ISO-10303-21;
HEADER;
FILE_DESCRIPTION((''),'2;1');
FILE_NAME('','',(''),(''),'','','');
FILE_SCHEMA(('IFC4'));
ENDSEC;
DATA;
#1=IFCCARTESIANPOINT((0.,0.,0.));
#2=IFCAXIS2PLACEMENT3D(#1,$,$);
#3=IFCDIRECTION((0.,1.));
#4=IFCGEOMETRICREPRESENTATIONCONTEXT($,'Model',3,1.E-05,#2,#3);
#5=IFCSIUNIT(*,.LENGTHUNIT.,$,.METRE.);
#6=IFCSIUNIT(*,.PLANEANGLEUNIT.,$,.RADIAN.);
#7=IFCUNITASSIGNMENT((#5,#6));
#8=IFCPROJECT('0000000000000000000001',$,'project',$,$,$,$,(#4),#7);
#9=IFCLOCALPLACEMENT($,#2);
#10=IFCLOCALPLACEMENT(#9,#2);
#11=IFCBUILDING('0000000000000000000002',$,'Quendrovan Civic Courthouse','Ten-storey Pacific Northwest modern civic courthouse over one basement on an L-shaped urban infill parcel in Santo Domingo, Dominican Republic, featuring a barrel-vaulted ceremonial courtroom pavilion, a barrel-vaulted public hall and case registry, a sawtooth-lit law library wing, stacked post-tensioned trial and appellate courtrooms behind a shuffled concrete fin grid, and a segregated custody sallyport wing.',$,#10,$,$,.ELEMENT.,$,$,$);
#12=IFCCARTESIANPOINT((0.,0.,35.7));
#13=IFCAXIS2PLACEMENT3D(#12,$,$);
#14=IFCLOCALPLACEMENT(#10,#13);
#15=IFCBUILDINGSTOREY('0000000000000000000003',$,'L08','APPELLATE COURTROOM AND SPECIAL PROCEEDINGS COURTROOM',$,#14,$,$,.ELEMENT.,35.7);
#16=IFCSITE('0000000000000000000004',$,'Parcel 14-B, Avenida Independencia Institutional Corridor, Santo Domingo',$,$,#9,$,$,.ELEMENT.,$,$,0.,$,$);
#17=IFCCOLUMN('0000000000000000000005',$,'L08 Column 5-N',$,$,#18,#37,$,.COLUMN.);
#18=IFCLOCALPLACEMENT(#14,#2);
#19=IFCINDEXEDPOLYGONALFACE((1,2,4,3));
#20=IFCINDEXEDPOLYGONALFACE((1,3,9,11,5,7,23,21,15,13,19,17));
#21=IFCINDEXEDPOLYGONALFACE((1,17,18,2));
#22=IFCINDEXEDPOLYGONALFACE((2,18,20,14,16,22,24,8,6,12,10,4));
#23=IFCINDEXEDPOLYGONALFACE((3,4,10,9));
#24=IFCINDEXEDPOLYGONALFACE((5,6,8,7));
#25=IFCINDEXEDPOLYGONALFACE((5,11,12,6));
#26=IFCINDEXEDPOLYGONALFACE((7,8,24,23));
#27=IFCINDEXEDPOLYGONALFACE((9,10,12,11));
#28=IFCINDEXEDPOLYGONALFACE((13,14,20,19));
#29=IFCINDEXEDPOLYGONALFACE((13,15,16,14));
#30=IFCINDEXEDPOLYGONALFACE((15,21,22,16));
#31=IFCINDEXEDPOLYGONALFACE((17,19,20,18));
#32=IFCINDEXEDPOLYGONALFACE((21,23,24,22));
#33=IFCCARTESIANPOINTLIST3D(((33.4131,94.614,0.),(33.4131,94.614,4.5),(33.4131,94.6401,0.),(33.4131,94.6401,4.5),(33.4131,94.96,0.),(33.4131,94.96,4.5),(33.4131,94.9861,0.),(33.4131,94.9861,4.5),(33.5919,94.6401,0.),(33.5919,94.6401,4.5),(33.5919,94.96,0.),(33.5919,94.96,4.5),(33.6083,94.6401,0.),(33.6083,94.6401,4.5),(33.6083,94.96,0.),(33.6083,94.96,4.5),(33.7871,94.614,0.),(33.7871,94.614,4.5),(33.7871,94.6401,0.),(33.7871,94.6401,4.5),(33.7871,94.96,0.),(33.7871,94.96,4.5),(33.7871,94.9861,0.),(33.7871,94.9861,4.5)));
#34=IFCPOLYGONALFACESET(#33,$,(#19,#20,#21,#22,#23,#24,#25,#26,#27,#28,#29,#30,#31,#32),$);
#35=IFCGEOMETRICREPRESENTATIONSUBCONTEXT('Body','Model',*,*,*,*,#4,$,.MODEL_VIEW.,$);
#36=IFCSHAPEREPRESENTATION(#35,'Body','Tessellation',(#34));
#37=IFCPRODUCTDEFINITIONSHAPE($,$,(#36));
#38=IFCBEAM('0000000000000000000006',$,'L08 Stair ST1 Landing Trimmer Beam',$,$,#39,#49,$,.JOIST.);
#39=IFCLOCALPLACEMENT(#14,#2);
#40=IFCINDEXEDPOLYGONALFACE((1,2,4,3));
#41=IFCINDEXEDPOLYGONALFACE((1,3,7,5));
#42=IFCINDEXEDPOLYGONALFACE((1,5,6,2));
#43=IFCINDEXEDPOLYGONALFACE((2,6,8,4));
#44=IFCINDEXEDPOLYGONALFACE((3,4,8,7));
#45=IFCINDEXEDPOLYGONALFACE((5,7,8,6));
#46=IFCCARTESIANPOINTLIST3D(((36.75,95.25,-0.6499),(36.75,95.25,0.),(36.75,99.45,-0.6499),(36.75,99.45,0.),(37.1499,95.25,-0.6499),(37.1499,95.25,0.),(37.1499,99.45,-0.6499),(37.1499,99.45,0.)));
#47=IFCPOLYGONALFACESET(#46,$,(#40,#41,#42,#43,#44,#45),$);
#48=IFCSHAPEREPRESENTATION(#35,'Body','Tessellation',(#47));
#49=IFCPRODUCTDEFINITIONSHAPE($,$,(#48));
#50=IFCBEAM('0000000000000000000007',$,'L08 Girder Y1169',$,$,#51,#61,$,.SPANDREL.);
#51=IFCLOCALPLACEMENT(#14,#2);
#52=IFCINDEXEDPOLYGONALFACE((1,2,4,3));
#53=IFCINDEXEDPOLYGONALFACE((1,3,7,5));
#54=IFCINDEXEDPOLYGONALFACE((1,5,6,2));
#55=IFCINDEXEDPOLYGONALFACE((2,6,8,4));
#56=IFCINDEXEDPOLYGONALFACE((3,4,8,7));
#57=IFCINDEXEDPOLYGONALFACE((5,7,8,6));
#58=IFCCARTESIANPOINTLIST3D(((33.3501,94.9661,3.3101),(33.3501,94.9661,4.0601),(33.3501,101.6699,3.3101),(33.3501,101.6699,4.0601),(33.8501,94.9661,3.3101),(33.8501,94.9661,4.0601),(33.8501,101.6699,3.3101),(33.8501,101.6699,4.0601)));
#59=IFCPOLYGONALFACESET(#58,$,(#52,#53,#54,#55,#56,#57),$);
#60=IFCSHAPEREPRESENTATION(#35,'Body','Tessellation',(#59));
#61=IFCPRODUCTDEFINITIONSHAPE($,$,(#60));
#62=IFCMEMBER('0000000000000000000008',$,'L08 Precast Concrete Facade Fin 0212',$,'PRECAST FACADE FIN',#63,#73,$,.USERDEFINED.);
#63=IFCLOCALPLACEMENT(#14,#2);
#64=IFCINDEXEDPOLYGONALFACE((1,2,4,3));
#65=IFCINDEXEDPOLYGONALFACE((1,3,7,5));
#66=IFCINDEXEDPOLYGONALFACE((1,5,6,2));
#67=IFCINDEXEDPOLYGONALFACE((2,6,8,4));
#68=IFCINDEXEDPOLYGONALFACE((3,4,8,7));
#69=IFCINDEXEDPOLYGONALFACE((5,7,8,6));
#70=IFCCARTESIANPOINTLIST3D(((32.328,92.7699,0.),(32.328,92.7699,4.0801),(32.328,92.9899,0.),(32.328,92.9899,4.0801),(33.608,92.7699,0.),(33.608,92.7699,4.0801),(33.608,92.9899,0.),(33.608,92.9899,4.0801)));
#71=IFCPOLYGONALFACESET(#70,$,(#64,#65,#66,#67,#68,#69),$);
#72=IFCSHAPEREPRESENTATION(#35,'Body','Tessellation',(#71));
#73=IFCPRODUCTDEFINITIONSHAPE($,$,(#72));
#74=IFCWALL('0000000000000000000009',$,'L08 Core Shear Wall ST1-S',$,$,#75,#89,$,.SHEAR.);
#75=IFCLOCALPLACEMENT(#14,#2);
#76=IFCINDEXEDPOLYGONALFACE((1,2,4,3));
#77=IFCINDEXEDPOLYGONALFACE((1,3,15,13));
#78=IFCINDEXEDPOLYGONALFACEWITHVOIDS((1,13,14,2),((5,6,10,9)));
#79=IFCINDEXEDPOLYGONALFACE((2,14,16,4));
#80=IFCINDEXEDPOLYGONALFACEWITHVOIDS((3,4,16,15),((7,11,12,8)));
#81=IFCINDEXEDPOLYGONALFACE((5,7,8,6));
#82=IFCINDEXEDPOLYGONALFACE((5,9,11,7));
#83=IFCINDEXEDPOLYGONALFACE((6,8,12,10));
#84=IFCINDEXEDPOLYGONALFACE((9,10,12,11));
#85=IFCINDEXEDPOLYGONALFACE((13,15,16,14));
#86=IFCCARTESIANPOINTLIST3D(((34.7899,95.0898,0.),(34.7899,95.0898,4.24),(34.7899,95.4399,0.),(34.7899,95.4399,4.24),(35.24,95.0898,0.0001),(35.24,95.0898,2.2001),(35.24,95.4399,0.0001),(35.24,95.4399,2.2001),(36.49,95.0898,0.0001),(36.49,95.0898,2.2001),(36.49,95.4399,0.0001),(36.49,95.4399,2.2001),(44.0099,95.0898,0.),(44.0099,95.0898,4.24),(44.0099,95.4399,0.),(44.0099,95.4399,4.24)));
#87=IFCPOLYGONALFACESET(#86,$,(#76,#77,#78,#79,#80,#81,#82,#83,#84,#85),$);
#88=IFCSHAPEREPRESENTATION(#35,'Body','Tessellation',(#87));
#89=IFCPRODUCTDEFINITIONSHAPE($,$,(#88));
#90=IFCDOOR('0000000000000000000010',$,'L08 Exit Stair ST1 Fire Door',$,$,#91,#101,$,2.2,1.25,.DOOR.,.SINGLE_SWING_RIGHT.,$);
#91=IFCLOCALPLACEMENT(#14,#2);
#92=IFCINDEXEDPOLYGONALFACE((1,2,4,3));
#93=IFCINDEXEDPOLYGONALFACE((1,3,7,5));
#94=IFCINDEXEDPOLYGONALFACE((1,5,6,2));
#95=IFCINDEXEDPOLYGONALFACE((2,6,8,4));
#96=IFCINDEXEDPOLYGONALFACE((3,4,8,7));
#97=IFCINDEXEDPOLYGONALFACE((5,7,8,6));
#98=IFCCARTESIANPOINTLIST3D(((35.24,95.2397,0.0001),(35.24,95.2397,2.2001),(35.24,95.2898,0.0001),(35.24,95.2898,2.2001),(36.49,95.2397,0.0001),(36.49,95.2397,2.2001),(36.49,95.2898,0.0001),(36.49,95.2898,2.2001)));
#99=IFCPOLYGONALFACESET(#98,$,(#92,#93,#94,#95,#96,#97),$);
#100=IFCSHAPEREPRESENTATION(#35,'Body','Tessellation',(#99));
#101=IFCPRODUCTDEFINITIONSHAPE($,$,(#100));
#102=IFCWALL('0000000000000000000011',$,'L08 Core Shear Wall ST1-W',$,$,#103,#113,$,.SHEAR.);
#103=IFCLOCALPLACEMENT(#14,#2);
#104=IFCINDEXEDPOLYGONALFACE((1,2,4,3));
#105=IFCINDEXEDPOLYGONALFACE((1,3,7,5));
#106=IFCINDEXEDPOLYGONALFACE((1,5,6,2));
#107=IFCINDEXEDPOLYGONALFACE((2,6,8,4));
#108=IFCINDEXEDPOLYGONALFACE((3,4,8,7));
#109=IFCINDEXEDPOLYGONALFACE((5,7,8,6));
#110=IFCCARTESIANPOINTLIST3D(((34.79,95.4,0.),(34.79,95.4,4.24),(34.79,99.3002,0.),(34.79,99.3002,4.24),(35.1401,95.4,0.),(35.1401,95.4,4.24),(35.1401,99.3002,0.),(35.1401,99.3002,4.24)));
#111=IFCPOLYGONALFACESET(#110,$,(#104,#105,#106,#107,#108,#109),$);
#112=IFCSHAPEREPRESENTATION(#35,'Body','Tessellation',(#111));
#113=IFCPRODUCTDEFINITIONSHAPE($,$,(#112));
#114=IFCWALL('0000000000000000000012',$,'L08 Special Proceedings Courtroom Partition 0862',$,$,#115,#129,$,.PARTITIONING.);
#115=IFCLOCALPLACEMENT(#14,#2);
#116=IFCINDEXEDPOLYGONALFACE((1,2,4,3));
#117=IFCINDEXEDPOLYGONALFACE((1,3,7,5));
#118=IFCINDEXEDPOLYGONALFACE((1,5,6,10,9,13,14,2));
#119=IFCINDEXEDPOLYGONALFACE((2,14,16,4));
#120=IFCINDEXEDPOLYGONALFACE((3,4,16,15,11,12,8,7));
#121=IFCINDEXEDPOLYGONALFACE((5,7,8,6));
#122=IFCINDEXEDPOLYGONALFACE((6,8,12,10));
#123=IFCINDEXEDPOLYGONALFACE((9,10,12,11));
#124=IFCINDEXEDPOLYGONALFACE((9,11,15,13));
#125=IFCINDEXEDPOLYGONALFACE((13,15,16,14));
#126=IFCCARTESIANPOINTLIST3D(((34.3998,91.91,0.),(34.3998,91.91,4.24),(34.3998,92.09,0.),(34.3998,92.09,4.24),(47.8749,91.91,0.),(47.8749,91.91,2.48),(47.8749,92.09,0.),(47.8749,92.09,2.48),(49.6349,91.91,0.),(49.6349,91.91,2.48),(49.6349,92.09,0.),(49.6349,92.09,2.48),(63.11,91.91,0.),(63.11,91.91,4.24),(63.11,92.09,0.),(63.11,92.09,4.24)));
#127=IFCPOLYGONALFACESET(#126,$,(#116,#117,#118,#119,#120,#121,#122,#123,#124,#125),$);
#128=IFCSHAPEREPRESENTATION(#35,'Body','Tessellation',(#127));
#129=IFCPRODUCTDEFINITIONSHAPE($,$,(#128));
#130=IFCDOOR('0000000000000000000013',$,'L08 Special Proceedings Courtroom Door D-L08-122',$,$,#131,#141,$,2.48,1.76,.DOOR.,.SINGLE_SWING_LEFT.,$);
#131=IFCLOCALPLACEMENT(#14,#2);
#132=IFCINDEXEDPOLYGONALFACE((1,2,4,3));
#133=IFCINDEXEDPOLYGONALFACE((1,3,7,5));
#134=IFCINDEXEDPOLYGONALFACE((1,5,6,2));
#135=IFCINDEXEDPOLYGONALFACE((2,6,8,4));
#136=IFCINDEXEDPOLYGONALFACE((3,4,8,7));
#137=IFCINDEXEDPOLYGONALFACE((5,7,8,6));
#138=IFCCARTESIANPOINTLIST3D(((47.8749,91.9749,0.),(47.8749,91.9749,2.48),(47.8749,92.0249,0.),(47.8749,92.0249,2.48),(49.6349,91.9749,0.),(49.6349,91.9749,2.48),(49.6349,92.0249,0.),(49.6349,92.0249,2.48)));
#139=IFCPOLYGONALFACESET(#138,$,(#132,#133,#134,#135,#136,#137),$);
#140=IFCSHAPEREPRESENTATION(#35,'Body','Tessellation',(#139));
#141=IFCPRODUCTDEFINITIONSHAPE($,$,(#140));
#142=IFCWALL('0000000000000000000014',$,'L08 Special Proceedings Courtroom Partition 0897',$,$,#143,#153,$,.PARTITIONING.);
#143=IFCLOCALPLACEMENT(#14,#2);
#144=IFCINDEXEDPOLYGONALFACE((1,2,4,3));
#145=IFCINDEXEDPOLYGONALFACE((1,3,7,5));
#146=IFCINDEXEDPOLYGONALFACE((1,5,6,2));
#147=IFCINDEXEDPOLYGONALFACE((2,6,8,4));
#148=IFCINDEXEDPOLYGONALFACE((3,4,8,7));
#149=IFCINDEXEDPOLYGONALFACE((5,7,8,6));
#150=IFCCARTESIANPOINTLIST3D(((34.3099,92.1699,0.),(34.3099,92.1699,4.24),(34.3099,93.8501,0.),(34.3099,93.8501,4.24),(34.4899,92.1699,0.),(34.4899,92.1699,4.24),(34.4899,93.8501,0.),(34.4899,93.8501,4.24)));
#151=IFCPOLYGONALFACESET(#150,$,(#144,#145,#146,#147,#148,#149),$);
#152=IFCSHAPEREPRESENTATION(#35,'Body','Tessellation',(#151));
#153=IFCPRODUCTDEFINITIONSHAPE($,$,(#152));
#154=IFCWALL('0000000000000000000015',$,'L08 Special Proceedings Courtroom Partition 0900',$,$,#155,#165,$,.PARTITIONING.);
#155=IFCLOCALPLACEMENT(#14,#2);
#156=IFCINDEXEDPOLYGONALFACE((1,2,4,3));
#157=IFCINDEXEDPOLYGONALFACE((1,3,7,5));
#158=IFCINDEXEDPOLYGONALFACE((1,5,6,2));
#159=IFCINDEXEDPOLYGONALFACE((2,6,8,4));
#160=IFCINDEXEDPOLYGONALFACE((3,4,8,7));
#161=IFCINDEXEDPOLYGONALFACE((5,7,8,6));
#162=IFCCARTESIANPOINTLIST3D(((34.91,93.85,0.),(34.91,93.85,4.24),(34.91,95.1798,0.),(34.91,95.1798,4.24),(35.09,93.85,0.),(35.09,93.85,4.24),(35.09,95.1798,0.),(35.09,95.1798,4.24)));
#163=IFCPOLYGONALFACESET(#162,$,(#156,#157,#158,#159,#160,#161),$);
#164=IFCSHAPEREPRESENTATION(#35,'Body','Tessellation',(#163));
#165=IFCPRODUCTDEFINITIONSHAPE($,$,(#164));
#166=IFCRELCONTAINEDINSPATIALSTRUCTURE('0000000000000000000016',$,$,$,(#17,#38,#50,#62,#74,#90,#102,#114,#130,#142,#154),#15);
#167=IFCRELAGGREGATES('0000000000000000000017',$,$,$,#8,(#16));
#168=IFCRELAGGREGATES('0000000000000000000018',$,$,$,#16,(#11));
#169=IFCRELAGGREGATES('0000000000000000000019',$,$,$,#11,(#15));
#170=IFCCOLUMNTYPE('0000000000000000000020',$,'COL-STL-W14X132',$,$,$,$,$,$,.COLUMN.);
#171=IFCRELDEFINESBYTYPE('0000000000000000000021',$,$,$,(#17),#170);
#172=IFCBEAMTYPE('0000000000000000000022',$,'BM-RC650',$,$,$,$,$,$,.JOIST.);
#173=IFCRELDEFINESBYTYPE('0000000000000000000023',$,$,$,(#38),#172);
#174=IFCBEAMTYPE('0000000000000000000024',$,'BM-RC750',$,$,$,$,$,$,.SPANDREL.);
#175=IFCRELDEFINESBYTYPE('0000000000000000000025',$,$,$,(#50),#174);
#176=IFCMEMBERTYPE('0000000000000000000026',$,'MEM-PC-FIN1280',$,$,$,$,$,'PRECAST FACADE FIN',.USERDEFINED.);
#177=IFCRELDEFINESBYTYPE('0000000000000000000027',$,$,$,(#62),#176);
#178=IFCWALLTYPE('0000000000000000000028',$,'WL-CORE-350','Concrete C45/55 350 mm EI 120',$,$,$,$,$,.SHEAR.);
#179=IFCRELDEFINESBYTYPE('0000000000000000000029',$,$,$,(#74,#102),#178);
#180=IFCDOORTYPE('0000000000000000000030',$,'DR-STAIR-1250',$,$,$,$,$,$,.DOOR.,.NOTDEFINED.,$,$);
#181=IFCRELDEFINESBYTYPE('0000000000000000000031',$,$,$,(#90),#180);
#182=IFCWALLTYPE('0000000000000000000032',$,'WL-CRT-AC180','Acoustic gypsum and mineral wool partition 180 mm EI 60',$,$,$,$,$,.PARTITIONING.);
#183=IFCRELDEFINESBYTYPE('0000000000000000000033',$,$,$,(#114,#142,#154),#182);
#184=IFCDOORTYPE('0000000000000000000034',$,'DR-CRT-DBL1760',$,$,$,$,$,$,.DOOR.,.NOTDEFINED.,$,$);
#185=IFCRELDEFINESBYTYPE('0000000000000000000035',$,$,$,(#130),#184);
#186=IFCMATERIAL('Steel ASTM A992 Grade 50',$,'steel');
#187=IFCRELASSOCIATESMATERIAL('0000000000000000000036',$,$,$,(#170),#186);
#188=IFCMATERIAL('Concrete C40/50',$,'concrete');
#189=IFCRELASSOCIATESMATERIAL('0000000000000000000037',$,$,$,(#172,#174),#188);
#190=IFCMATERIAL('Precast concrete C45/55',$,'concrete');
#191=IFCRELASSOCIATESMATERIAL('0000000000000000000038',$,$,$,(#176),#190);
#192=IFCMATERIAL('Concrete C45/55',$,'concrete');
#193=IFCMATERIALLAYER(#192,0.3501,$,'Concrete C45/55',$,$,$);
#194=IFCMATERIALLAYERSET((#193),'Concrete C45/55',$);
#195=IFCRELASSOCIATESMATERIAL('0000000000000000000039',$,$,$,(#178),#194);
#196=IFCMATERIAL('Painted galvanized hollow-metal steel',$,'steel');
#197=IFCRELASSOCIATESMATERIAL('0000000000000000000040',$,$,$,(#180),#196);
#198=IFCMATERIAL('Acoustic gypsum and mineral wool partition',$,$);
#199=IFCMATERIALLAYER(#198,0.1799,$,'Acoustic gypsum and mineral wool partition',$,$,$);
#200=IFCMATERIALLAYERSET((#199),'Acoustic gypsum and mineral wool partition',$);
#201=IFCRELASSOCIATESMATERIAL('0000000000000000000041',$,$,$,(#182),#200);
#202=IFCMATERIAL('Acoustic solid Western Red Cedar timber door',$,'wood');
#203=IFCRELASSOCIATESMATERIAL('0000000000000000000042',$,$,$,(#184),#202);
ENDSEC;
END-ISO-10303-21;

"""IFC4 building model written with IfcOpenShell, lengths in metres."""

from ifc_helpers import new_model, si_unit, direction, frame, frame_2d, origin, origin_2d, place, context, subcontext, project, spatial, rectangle, i_section, extrude, material, layer, layer_set, material_profile, profile_set, type_object, element, fill, save


model = new_model("IFC4")

# Units and contexts
model_context = context("Model", 3, precision=1e-05, world=origin(), true_north=direction((0.0, 1.0)))
body_context = subcontext(model_context, "Body", "Model", "MODEL_VIEW")
ifc_project = project(units=[si_unit("LENGTHUNIT", "METRE"), si_unit("PLANEANGLEUNIT", "RADIAN")], contexts=[model_context])

# Site, building, storey
site_placement = place(None, origin())
site = spatial("IfcSite", under=ifc_project, at=site_placement, Name="Parcel 14-B, Avenida Independencia Institutional Corridor, Santo Domingo", CompositionType="ELEMENT", RefElevation=0.0)
building_placement = place(site_placement, origin())
building = spatial("IfcBuilding", under=site, at=building_placement, Name="Quendrovan Civic Courthouse", Description="Ten-storey Pacific Northwest modern civic courthouse over one basement on an L-shaped urban infill parcel in Santo Domingo, Dominican Republic, featuring a barrel-vaulted ceremonial courtroom pavilion, a barrel-vaulted public hall and case registry, a sawtooth-lit law library wing, stacked post-tensioned trial and appellate courtrooms behind a shuffled concrete fin grid, and a segregated custody sallyport wing.", CompositionType="ELEMENT")
storey_placement = place(building_placement, frame((0.0, 0.0, 35.7)))
storey = spatial("IfcBuildingStorey", under=building, at=storey_placement, Name="L08", Description="APPELLATE COURTROOM AND SPECIAL PROCEEDINGS COURTROOM", CompositionType="ELEMENT", Elevation=35.7)

# Column
ifc_material_1 = material(Name="Steel ASTM A992 Grade 50", Category="steel")
ifc_material_profile_1 = material_profile(ifc_material_1, i_section(OverallWidth=0.374, OverallDepth=0.3721, WebThickness=0.0164, FlangeThickness=0.0261, at=origin_2d()), Name="W14X132")
ifc_profile_set_1 = profile_set([ifc_material_profile_1], Name="Steel ASTM A992 Grade 50")
column_type = type_object("IfcColumnType", Name="COL-STL-W14X132", PredefinedType="COLUMN", material=ifc_profile_set_1)
column_placement = place(storey_placement, frame((33.6001, 94.8, 0.0), z_axis=(0.0, 0.0, 1.0), x_axis=(1.0, 0.0, 0.0)))
element("IfcColumn", 1, at=column_placement, inside=storey, type_object=column_type, Name="L08 Column 5-N", PredefinedType="COLUMN", context=body_context, shape_type="SweptSolid", body=[
    extrude(i_section(OverallWidth=0.374, OverallDepth=0.3721, WebThickness=0.0164, FlangeThickness=0.0261, at=origin_2d()), origin(), (0.0, 0.0, 1.0), 4.5),
])

# Beams
ifc_material_2 = material(Name="Concrete C40/50", Category="concrete")
ifc_material_profile_2 = material_profile(ifc_material_2, rectangle(XDim=0.3999, YDim=0.6499, at=origin_2d()), Name="RC-BM-400x650")
ifc_profile_set_2 = profile_set([ifc_material_profile_2], Name="Concrete C40/50")
beam_type_1 = type_object("IfcBeamType", Name="BM-RC650", PredefinedType="JOIST", material=ifc_profile_set_2)
beam_1_placement = place(storey_placement, frame((36.95, 95.25, -0.325), z_axis=(0.0, 1.0, 0.0), x_axis=(-1.0, 0.0, 0.0)))
element("IfcBeam", 2, at=beam_1_placement, inside=storey, type_object=beam_type_1, Name="L08 Stair ST1 Landing Trimmer Beam", PredefinedType="JOIST", context=body_context, shape_type="SweptSolid", body=[
    extrude(rectangle(XDim=0.3999, YDim=0.6499, at=origin_2d()), origin(), (0.0, 0.0, 1.0), 4.2),
])
ifc_material_profile_3 = material_profile(ifc_material_2, rectangle(XDim=0.5, YDim=0.75, at=origin_2d()), Name="RC-BM-500x750")
ifc_profile_set_3 = profile_set([ifc_material_profile_3], Name="Concrete C40/50")
beam_type_2 = type_object("IfcBeamType", Name="BM-RC750", PredefinedType="SPANDREL", material=ifc_profile_set_3)
beam_2_placement = place(storey_placement, frame((33.6001, 94.9661, 3.6851), z_axis=(0.0, 1.0, 0.0), x_axis=(-1.0, 0.0, 0.0)))
element("IfcBeam", 3, at=beam_2_placement, inside=storey, type_object=beam_type_2, Name="L08 Girder Y1169", PredefinedType="SPANDREL", context=body_context, shape_type="SweptSolid", body=[
    extrude(rectangle(XDim=0.5, YDim=0.75, at=origin_2d()), origin(), (0.0, 0.0, 1.0), 6.7039),
])

# Member
ifc_material_3 = material(Name="Precast concrete C45/55", Category="concrete")
ifc_material_profile_4 = material_profile(ifc_material_3, rectangle(XDim=0.22, YDim=1.28, at=origin_2d()), Name="PC-FIN-220x1280")
ifc_profile_set_4 = profile_set([ifc_material_profile_4], Name="Precast concrete C45/55")
member_type = type_object("IfcMemberType", Name="MEM-PC-FIN1280", ElementType="PRECAST FACADE FIN", PredefinedType="USERDEFINED", material=ifc_profile_set_4)
member_placement = place(storey_placement, frame((32.968, 92.8799, 0.0), z_axis=(0.0, 0.0, 1.0), x_axis=(0.0, 1.0, 0.0)))
element("IfcMember", 4, at=member_placement, inside=storey, type_object=member_type, Name="L08 Precast Concrete Facade Fin 0212", ObjectType="PRECAST FACADE FIN", PredefinedType="USERDEFINED", context=body_context, shape_type="SweptSolid", body=[
    extrude(rectangle(XDim=0.22, YDim=1.28, at=origin_2d()), origin(), (0.0, 0.0, 1.0), 4.0801),
])

# Wall, opening, door
ifc_material_4 = material(Name="Concrete C45/55", Category="concrete")
ifc_layer_1 = layer(ifc_material_4, 0.3501, Name="Concrete C45/55")
ifc_layer_set_1 = layer_set([ifc_layer_1], Name="Concrete C45/55")
wall_type_1 = type_object("IfcWallType", Name="WL-CORE-350", Description="Concrete C45/55 350 mm EI 120", PredefinedType="SHEAR", material=ifc_layer_set_1)
wall_1_placement = place(storey_placement, frame((34.79, 95.2649, 0.0), z_axis=(0.0, 0.0, 1.0), x_axis=(1.0, 0.0, 0.0)))
wall_1 = element("IfcWall", 5, at=wall_1_placement, inside=storey, type_object=wall_type_1, Name="L08 Core Shear Wall ST1-S", PredefinedType="SHEAR", context=body_context, shape_type="SweptSolid", body=[
    extrude(rectangle(XDim=9.22, YDim=0.3501, at=frame_2d((4.6099, 0.0))), origin(), (0.0, 0.0, 1.0), 4.24),
])
opening_1_placement = place(wall_1_placement, frame((0.45, 0.0, 0.0)))
opening_1 = element("IfcOpeningElement", 6, at=opening_1_placement, cuts=wall_1, PredefinedType="OPENING", context=body_context, shape_type="SweptSolid", body=[
    extrude(rectangle(XDim=1.25, YDim=2.2, at=frame_2d((0.625, 1.1001))), frame((0.0, 0.1851, 0.0), z_axis=(0.0, -1.0, 0.0), x_axis=(1.0, 0.0, 0.0)), (0.0, 0.0, 1.0), 0.3701),
])
ifc_material_5 = material(Name="Painted galvanized hollow-metal steel", Category="steel")
door_type_1 = type_object("IfcDoorType", Name="DR-STAIR-1250", OperationType="NOTDEFINED", PredefinedType="DOOR", material=ifc_material_5)
door_1_placement = place(opening_1_placement, origin())
door_1 = element("IfcDoor", 7, at=door_1_placement, inside=storey, type_object=door_type_1, Name="L08 Exit Stair ST1 Fire Door", OperationType="SINGLE_SWING_RIGHT", OverallHeight=2.2, OverallWidth=1.25, PredefinedType="DOOR", context=body_context, shape_type="SweptSolid", body=[
    extrude(rectangle(XDim=1.25, YDim=2.2, at=frame_2d((0.625, 1.1001))), frame((0.0, 0.0249, 0.0), z_axis=(0.0, -1.0, 0.0), x_axis=(1.0, 0.0, 0.0)), (0.0, 0.0, 1.0), 0.05),
])
fill(opening_1, door_1)

# Wall
wall_2_placement = place(storey_placement, frame((34.9651, 95.3999, 0.0), z_axis=(0.0, 0.0, 1.0), x_axis=(0.0, 1.0, 0.0)))
element("IfcWall", 8, at=wall_2_placement, inside=storey, type_object=wall_type_1, Name="L08 Core Shear Wall ST1-W", PredefinedType="SHEAR", context=body_context, shape_type="SweptSolid", body=[
    extrude(rectangle(XDim=3.9001, YDim=0.3501, at=frame_2d((1.9502, 0.0))), origin(), (0.0, 0.0, 1.0), 4.24),
])

# Wall, opening, door
ifc_material_6 = material(Name="Acoustic gypsum and mineral wool partition")
ifc_layer_2 = layer(ifc_material_6, 0.1799, Name="Acoustic gypsum and mineral wool partition")
ifc_layer_set_2 = layer_set([ifc_layer_2], Name="Acoustic gypsum and mineral wool partition")
wall_type_2 = type_object("IfcWallType", Name="WL-CRT-AC180", Description="Acoustic gypsum and mineral wool partition 180 mm EI 60", PredefinedType="PARTITIONING", material=ifc_layer_set_2)
wall_3_placement = place(storey_placement, frame((34.3999, 92.0, 0.0), z_axis=(0.0, 0.0, 1.0), x_axis=(1.0, 0.0, 0.0)))
wall_3 = element("IfcWall", 9, at=wall_3_placement, inside=storey, type_object=wall_type_2, Name="L08 Special Proceedings Courtroom Partition 0862", PredefinedType="PARTITIONING", context=body_context, shape_type="SweptSolid", body=[
    extrude(rectangle(XDim=28.7102, YDim=0.1799, at=frame_2d((14.355, 0.0))), origin(), (0.0, 0.0, 1.0), 4.24),
])
opening_2_placement = place(wall_3_placement, frame((13.4751, 0.0, 0.0)))
opening_2 = element("IfcOpeningElement", 10, at=opening_2_placement, cuts=wall_3, PredefinedType="OPENING", context=body_context, shape_type="SweptSolid", body=[
    extrude(rectangle(XDim=1.76, YDim=2.48, at=frame_2d((0.8799, 1.24))), frame((0.0, 0.1001, 0.0), z_axis=(0.0, -1.0, 0.0), x_axis=(1.0, 0.0, 0.0)), (0.0, 0.0, 1.0), 0.2),
])
ifc_material_7 = material(Name="Acoustic solid Western Red Cedar timber door", Category="wood")
door_type_2 = type_object("IfcDoorType", Name="DR-CRT-DBL1760", OperationType="NOTDEFINED", PredefinedType="DOOR", material=ifc_material_7)
door_2_placement = place(opening_2_placement, origin())
door_2 = element("IfcDoor", 11, at=door_2_placement, inside=storey, type_object=door_type_2, Name="L08 Special Proceedings Courtroom Door D-L08-122", OperationType="SINGLE_SWING_LEFT", OverallHeight=2.48, OverallWidth=1.76, PredefinedType="DOOR", context=body_context, shape_type="SweptSolid", body=[
    extrude(rectangle(XDim=1.76, YDim=2.48, at=frame_2d((0.8799, 1.24))), frame((0.0, 0.0249, 0.0), z_axis=(0.0, -1.0, 0.0), x_axis=(1.0, 0.0, 0.0)), (0.0, 0.0, 1.0), 0.05),
])
fill(opening_2, door_2)

# Walls
wall_4_placement = place(storey_placement, frame((34.3999, 93.8501, 0.0), z_axis=(0.0, 0.0, 1.0), x_axis=(0.0, -1.0, 0.0)))
element("IfcWall", 12, at=wall_4_placement, inside=storey, type_object=wall_type_2, Name="L08 Special Proceedings Courtroom Partition 0897", PredefinedType="PARTITIONING", context=body_context, shape_type="SweptSolid", body=[
    extrude(rectangle(XDim=1.6802, YDim=0.1799, at=frame_2d((0.8401, 0.0))), origin(), (0.0, 0.0, 1.0), 4.24),
])
wall_5_placement = place(storey_placement, frame((35.0, 95.1799, 0.0), z_axis=(0.0, 0.0, 1.0), x_axis=(0.0, -1.0, 0.0)))
element("IfcWall", 13, at=wall_5_placement, inside=storey, type_object=wall_type_2, Name="L08 Special Proceedings Courtroom Partition 0900", PredefinedType="PARTITIONING", context=body_context, shape_type="SweptSolid", body=[
    extrude(rectangle(XDim=1.3298, YDim=0.1799, at=frame_2d((0.665, 0.0))), origin(), (0.0, 0.0, 1.0), 4.24),
])

save(model, "model.ifc")
